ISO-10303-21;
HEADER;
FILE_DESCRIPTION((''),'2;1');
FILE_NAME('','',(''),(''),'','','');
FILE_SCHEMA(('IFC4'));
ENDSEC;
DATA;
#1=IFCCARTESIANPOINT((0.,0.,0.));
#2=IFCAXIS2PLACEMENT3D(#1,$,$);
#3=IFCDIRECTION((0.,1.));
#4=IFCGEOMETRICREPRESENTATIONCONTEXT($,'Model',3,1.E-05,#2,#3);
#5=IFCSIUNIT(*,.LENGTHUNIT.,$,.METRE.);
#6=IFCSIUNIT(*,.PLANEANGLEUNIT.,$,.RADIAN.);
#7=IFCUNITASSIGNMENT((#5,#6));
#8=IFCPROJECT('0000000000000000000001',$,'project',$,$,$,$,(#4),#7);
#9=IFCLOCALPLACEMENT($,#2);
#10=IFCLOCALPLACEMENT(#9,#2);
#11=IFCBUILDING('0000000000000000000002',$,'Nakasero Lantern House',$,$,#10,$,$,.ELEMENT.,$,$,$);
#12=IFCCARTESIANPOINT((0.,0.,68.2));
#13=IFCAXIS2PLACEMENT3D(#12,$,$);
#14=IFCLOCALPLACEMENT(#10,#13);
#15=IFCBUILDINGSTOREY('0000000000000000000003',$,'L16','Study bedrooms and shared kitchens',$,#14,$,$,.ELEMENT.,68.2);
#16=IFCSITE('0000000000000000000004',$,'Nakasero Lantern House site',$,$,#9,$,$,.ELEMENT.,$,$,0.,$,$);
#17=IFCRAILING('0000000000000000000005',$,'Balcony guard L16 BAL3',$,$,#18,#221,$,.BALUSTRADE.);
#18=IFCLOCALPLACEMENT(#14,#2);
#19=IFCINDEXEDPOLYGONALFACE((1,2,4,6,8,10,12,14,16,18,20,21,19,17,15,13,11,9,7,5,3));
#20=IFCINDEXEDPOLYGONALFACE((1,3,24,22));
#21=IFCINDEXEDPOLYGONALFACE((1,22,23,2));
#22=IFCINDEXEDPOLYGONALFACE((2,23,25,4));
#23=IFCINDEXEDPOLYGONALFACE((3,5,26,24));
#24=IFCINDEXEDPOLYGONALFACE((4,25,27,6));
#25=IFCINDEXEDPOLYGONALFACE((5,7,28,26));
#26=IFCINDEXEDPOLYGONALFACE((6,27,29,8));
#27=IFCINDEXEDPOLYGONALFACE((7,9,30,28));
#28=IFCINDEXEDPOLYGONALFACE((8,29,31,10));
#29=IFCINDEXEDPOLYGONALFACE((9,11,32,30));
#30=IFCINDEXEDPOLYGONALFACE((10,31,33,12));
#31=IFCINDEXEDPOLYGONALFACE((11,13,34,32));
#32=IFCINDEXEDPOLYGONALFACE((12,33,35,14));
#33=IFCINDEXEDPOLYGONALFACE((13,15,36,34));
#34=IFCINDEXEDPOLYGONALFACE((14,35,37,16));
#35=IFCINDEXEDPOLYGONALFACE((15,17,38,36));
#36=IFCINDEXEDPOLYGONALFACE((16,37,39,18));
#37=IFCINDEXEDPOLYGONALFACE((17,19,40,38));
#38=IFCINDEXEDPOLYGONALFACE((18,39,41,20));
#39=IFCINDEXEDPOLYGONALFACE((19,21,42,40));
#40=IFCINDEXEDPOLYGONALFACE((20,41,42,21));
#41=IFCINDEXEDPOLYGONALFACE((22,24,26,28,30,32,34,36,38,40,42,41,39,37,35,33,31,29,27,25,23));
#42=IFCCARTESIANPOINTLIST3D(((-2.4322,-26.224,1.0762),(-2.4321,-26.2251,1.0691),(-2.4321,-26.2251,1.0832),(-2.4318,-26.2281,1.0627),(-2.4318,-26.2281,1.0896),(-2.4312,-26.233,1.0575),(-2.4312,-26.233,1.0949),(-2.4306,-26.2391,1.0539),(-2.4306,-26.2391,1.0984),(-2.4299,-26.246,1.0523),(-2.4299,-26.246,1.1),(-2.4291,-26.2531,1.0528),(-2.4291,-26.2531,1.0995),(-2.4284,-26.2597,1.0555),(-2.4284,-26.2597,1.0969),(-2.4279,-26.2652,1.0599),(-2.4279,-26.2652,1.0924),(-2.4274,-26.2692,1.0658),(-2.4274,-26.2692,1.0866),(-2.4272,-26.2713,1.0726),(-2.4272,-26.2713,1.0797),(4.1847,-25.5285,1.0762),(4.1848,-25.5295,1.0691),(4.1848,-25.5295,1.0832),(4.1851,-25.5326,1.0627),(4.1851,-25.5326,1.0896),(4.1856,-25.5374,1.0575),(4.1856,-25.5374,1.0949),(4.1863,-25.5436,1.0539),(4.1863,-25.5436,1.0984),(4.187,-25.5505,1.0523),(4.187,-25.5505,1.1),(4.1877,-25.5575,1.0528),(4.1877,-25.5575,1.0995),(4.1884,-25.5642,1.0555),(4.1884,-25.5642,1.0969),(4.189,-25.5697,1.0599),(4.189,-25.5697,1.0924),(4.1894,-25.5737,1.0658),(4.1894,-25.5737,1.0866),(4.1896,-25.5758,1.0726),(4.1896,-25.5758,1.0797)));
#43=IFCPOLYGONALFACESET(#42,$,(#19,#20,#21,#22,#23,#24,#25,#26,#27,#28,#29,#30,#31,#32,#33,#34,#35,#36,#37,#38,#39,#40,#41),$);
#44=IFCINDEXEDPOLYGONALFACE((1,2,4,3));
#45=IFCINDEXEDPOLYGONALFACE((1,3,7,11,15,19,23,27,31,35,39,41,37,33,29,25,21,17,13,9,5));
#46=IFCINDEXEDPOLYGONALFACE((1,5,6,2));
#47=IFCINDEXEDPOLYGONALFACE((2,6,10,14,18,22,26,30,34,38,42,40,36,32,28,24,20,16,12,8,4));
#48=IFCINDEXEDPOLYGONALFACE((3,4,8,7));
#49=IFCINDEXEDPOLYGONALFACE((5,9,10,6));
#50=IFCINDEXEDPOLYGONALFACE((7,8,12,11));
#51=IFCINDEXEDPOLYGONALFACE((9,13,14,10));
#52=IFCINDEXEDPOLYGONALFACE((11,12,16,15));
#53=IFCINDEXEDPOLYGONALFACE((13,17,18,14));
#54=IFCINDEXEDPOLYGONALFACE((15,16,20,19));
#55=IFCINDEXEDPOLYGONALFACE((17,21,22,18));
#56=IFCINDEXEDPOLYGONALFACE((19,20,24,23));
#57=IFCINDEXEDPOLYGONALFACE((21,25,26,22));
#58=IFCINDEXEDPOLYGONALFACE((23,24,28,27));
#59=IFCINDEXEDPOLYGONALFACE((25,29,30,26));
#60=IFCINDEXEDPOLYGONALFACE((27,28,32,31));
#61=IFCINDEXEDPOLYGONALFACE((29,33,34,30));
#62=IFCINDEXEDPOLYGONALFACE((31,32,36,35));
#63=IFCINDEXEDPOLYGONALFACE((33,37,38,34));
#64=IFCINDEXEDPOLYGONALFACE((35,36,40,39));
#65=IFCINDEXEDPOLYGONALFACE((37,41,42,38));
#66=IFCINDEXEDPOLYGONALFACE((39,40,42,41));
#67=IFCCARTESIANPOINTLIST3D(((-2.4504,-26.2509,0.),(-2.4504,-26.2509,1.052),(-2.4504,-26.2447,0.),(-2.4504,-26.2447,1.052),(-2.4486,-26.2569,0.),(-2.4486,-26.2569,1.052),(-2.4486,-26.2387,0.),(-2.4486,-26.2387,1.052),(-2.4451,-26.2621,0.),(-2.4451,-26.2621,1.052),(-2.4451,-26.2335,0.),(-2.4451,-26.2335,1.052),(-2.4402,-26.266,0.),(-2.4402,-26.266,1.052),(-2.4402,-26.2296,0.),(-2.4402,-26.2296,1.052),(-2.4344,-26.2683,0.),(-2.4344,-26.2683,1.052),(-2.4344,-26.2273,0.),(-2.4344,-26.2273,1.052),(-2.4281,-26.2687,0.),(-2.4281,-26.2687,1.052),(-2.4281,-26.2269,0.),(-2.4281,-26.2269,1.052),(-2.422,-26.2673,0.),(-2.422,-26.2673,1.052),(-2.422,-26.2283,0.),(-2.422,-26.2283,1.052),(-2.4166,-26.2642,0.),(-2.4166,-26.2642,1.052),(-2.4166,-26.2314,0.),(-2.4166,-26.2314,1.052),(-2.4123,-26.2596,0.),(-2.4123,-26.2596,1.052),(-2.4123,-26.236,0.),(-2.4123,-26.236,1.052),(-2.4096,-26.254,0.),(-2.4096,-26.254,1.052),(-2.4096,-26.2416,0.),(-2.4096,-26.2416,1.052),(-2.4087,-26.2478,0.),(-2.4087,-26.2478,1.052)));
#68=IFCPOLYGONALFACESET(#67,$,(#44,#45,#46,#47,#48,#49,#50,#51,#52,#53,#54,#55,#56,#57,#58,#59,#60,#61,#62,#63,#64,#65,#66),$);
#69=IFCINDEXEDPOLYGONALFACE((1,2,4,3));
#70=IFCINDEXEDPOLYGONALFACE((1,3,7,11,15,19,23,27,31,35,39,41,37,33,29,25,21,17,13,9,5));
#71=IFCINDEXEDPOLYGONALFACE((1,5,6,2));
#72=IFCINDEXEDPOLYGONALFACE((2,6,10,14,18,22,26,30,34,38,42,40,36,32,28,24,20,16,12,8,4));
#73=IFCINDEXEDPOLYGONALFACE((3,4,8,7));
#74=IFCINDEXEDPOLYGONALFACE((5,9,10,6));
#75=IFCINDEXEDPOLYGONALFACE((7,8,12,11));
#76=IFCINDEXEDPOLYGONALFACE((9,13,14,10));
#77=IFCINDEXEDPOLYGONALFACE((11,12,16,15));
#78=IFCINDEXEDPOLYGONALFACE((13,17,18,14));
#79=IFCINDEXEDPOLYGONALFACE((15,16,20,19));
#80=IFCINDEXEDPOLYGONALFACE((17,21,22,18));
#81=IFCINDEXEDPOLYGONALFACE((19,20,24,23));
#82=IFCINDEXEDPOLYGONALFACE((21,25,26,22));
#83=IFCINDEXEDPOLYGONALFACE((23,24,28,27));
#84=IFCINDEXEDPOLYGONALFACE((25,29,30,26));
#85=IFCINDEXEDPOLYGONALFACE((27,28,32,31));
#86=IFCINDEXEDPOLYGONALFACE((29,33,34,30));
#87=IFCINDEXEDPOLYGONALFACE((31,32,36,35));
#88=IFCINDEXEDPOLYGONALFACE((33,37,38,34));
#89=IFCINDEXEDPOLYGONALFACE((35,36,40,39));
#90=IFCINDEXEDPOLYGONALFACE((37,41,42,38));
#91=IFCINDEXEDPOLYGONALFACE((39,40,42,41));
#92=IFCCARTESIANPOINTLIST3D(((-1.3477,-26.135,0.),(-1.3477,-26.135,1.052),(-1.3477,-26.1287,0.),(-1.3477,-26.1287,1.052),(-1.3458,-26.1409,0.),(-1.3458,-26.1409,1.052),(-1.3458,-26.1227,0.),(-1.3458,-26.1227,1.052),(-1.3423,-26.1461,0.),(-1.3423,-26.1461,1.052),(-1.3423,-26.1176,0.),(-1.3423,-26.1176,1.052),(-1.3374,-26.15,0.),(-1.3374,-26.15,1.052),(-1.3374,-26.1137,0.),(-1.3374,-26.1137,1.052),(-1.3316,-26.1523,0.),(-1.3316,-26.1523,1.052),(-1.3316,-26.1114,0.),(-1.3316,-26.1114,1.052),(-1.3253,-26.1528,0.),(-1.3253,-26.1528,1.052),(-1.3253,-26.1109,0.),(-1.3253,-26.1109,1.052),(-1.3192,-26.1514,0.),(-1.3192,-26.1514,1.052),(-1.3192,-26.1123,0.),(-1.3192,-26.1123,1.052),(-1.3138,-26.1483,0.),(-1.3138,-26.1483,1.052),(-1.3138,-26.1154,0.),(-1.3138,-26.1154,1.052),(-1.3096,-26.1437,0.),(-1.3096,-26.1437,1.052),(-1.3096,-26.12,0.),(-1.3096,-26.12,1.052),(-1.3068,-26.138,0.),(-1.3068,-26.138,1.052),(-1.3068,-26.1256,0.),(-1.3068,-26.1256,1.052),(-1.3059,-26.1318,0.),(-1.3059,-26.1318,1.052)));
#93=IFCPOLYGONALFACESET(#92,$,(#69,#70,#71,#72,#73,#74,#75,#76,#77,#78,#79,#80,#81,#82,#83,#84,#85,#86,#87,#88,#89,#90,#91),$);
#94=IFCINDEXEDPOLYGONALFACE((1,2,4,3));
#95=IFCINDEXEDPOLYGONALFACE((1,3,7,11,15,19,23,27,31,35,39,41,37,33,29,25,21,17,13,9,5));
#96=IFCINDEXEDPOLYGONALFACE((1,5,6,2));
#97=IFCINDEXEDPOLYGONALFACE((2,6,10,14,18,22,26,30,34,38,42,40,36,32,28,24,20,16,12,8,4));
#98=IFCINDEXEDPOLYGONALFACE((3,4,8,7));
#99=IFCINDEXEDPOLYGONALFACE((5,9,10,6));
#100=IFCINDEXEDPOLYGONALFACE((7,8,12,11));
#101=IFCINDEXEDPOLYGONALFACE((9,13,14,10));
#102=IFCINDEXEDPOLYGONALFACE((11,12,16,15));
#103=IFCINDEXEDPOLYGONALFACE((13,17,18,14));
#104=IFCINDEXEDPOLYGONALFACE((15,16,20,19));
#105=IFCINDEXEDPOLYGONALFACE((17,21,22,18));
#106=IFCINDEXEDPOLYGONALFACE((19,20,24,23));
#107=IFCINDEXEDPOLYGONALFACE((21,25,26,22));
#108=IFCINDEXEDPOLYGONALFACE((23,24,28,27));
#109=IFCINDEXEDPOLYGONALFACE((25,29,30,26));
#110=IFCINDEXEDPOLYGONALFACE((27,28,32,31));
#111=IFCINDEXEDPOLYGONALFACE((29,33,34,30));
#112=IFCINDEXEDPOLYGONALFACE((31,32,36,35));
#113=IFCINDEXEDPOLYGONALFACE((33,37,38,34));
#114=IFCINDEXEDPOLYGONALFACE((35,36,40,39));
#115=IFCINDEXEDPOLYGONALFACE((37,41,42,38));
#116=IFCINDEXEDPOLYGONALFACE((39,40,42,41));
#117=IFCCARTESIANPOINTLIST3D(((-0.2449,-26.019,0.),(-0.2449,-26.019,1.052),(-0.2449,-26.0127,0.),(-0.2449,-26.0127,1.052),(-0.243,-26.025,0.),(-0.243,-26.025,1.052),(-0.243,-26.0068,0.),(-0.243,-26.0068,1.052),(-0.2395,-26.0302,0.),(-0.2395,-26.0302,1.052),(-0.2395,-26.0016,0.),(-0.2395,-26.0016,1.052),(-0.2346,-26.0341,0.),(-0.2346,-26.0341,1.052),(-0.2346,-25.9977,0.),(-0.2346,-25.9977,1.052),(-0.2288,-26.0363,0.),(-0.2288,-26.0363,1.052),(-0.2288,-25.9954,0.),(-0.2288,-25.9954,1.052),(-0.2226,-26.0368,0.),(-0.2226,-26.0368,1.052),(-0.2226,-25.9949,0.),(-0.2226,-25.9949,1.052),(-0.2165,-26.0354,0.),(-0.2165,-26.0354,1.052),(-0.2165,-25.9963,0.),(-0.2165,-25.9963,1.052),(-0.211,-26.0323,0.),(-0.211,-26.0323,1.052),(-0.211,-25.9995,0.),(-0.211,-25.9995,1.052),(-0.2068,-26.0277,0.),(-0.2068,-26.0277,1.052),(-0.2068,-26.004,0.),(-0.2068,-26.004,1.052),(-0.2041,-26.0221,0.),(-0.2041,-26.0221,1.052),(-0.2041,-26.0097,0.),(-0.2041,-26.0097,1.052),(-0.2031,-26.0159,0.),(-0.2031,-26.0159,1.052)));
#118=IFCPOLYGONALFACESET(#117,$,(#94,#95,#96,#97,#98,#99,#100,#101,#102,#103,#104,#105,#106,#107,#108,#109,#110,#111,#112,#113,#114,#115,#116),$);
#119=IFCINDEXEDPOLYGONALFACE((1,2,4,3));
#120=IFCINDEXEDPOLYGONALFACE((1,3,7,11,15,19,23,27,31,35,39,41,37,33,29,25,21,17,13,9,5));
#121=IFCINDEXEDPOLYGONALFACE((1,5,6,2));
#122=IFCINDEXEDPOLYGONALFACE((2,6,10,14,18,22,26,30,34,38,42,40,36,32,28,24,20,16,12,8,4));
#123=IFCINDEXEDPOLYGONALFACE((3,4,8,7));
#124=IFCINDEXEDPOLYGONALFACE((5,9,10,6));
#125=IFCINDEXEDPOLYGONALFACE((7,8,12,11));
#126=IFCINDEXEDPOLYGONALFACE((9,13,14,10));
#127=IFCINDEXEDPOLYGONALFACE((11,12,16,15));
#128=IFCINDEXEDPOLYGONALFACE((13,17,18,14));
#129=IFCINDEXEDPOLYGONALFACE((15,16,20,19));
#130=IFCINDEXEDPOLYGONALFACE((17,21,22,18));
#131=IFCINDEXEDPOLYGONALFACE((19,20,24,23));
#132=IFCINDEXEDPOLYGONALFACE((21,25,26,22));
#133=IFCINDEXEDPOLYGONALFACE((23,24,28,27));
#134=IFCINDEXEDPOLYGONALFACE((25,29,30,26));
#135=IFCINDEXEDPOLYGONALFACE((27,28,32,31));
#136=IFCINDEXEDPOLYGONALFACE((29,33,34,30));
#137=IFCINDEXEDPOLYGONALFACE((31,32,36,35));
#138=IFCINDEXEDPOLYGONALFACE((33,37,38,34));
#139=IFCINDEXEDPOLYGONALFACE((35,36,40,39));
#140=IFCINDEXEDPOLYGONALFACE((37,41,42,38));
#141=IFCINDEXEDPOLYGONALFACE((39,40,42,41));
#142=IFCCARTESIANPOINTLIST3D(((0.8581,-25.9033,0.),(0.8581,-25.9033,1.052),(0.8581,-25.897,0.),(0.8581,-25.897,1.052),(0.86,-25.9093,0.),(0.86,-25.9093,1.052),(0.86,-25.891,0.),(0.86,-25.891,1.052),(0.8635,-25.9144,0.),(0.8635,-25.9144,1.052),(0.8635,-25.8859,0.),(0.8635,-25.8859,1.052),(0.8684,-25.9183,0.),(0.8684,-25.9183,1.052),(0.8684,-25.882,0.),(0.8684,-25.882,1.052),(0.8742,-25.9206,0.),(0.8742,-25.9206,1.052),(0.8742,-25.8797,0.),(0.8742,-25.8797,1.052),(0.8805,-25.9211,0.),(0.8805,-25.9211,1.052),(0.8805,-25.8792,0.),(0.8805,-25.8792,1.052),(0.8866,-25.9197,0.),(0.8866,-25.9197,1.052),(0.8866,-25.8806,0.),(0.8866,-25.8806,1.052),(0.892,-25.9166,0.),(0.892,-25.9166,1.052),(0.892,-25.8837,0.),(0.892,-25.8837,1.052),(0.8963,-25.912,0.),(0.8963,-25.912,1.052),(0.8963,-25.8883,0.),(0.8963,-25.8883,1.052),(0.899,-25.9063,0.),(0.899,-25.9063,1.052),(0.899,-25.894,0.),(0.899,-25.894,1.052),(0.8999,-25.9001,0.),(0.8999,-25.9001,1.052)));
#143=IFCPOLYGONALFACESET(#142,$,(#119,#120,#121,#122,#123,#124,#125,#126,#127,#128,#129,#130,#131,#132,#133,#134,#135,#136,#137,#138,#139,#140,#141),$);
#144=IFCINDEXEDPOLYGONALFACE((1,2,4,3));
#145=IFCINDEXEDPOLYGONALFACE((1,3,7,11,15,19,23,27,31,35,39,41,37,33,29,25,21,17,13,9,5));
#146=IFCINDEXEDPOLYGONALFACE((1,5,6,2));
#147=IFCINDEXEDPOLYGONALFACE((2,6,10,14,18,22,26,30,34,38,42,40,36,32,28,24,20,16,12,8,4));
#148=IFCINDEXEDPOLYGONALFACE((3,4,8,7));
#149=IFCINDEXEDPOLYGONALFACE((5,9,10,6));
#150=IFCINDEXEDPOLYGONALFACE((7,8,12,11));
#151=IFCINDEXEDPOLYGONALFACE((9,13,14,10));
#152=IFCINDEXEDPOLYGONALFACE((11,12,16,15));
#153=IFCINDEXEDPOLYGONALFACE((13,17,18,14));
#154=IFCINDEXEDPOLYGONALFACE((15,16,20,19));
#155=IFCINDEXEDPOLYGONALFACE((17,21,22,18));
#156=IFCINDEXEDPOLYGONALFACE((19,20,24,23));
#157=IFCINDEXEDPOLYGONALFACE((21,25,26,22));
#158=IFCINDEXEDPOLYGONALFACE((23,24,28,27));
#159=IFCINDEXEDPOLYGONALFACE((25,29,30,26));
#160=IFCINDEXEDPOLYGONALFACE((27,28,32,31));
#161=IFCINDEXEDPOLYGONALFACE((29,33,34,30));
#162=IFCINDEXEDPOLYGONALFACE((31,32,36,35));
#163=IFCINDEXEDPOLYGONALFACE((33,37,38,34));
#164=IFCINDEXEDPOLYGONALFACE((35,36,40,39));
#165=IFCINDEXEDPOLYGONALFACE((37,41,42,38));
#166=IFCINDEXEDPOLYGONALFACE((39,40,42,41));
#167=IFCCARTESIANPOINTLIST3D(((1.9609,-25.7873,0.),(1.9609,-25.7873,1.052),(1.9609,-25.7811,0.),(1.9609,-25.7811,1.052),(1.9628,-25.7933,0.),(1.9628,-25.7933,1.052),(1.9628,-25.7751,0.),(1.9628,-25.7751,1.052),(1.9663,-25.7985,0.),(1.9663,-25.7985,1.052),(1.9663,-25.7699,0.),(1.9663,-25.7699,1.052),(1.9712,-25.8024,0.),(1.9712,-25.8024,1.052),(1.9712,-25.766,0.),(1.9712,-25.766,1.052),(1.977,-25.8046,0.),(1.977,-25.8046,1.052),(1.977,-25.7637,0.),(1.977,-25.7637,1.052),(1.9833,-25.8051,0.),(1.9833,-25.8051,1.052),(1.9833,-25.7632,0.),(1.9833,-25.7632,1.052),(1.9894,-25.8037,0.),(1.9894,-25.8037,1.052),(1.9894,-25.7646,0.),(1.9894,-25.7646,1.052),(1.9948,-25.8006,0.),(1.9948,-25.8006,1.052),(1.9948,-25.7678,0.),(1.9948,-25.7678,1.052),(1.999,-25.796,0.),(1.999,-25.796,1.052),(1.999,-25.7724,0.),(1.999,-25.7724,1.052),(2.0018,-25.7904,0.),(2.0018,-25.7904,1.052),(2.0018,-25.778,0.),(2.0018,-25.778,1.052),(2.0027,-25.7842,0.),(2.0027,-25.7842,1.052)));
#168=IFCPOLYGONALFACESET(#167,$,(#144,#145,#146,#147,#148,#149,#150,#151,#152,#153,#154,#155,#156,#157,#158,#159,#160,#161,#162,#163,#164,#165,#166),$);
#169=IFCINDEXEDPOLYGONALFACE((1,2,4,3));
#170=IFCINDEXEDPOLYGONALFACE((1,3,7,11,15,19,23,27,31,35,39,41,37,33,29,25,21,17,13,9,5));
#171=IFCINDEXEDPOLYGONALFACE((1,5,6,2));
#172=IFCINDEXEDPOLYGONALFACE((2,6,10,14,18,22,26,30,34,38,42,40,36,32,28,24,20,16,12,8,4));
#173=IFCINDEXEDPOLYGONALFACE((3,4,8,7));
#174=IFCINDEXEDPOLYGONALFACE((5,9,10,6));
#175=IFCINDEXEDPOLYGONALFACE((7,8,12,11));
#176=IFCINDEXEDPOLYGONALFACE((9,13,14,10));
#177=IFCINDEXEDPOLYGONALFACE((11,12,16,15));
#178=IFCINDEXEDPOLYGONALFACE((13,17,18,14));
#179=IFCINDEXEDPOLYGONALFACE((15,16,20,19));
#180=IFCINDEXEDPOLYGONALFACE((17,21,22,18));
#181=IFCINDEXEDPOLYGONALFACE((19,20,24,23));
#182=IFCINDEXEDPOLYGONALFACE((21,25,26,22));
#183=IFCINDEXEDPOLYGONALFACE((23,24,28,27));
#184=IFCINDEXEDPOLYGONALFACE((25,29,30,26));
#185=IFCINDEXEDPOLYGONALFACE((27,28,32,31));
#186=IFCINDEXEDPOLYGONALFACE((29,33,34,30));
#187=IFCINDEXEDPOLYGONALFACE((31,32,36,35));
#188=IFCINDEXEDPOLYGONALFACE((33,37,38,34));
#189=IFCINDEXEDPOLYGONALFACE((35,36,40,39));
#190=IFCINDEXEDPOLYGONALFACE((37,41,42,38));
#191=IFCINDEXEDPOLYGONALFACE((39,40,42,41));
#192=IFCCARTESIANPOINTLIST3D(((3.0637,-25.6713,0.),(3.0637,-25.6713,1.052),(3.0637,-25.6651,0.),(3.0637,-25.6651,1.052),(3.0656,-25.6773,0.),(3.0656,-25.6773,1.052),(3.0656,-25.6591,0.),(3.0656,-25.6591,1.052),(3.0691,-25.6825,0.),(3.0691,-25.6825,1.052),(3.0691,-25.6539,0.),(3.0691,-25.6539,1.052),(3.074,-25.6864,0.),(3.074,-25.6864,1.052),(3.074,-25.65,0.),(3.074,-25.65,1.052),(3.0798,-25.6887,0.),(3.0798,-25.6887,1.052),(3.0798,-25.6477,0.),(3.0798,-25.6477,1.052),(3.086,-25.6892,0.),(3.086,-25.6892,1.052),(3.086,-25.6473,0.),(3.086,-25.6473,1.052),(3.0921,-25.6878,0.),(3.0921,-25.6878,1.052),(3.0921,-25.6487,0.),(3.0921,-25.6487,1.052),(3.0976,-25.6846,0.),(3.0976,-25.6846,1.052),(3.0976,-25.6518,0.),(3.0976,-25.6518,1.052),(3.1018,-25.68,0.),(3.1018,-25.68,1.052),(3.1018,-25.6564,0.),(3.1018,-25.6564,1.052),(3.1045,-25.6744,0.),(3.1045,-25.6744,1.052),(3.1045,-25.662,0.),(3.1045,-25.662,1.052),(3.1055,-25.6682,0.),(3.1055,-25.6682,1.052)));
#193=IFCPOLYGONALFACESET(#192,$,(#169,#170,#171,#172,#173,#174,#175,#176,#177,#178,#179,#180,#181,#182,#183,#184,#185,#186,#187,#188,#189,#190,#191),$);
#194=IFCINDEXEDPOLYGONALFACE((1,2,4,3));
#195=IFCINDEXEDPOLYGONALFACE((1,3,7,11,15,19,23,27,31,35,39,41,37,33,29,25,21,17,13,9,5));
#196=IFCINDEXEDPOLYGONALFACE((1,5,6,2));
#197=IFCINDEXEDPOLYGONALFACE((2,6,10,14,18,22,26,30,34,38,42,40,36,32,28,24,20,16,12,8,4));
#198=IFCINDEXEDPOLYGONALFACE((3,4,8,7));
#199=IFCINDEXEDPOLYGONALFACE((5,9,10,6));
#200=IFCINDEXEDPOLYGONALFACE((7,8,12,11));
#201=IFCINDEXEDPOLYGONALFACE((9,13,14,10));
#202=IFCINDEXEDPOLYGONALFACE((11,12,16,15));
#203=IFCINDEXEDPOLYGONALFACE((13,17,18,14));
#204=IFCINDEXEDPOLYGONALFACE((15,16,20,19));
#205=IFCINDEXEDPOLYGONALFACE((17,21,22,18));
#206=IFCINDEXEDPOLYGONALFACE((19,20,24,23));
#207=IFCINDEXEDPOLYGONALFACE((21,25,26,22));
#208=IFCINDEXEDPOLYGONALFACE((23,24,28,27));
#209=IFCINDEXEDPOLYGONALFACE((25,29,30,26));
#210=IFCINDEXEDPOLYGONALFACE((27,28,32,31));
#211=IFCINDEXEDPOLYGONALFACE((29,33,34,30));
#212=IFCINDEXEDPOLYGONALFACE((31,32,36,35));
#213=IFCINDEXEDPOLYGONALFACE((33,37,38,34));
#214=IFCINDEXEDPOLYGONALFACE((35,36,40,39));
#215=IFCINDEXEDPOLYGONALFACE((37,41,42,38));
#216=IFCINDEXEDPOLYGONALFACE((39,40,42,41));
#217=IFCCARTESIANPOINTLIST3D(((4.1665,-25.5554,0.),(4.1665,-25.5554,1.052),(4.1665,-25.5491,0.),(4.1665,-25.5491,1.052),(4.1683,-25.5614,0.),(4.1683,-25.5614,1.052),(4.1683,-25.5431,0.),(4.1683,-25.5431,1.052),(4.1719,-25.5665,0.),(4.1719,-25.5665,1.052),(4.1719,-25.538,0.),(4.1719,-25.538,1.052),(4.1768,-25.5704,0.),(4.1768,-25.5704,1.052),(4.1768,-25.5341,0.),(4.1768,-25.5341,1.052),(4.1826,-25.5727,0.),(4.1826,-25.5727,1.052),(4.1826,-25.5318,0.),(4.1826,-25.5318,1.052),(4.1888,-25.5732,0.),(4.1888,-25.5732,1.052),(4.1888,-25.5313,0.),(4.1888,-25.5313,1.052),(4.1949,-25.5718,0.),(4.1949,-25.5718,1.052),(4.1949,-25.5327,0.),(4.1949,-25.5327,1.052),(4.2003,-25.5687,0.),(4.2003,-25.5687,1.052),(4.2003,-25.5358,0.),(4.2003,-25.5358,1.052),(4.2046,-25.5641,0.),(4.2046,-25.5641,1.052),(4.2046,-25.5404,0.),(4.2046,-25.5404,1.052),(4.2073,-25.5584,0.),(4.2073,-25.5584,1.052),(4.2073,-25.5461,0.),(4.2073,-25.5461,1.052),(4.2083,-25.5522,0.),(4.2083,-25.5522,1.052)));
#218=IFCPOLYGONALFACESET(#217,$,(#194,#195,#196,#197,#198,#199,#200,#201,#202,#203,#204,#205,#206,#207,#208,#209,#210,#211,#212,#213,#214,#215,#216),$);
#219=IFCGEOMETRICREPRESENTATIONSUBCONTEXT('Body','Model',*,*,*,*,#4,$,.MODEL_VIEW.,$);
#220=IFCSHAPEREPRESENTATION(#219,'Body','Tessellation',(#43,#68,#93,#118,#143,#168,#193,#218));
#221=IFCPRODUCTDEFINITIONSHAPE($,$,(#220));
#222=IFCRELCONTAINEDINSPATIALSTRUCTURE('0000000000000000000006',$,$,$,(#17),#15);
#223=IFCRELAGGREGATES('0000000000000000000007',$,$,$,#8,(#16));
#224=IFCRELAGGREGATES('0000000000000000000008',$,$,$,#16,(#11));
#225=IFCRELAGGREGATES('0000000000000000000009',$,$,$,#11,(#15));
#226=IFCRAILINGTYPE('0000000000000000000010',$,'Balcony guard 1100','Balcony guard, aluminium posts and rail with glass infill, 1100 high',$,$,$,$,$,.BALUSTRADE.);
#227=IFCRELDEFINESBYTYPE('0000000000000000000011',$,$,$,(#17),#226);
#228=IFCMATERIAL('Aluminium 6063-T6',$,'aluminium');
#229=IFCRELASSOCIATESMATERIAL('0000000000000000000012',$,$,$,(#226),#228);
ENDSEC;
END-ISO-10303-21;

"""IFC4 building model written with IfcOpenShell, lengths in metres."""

from ifc_helpers import new_model, si_unit, direction, frame, origin, origin_2d, place, context, subcontext, project, spatial, circle, extrude, material, type_object, element, save


model = new_model("IFC4")

# Units and contexts
model_context = context("Model", 3, precision=1e-05, world=origin(), true_north=direction((0.0, 1.0)))
body_context = subcontext(model_context, "Body", "Model", "MODEL_VIEW")
ifc_project = project(units=[si_unit("LENGTHUNIT", "METRE"), si_unit("PLANEANGLEUNIT", "RADIAN")], contexts=[model_context])

# Site, building, storey
site_placement = place(None, origin())
site = spatial("IfcSite", under=ifc_project, at=site_placement, Name="Nakasero Lantern House site", CompositionType="ELEMENT", RefElevation=0.0)
building_placement = place(site_placement, origin())
building = spatial("IfcBuilding", under=site, at=building_placement, Name="Nakasero Lantern House", CompositionType="ELEMENT")
storey_placement = place(building_placement, frame((0.0, 0.0, 68.2)))
storey = spatial("IfcBuildingStorey", under=building, at=storey_placement, Name="L16", Description="Study bedrooms and shared kitchens", CompositionType="ELEMENT", Elevation=68.2)

# Railing
ifc_material_1 = material(Name="Aluminium 6063-T6", Category="aluminium")
railing_type = type_object("IfcRailingType", Name="Balcony guard 1100", Description="Balcony guard, aluminium posts and rail with glass infill, 1100 high", PredefinedType="BALUSTRADE", material=ifc_material_1)
railing_placement = place(storey_placement, frame((-2.4297, -26.2478, 0.0)))
element("IfcRailing", 1, at=railing_placement, inside=storey, type_object=railing_type, Name="Balcony guard L16 BAL3", PredefinedType="BALUSTRADE", context=body_context, shape_type="SweptSolid", body=[
    extrude(circle(Radius=0.0239, at=origin_2d()), frame((0.0, 0.0, 1.0762), z_axis=(0.994521, 0.104542, 0.0), x_axis=(-0.104542, 0.994521, 0.0)), (0.0, 0.0, 1.0), 6.6533),
    extrude(circle(Radius=0.021, at=origin_2d()), origin(), (0.0, 0.0, 1.0), 1.052),
    extrude(circle(Radius=0.021, at=origin_2d()), frame((1.1028, 0.116, 0.0)), (0.0, 0.0, 1.0), 1.052),
    extrude(circle(Radius=0.021, at=origin_2d()), frame((2.2056, 0.2319, 0.0)), (0.0, 0.0, 1.0), 1.052),
    extrude(circle(Radius=0.021, at=origin_2d()), frame((3.3086, 0.3477, 0.0)), (0.0, 0.0, 1.0), 1.052),
    extrude(circle(Radius=0.021, at=origin_2d()), frame((4.4114, 0.4636, 0.0)), (0.0, 0.0, 1.0), 1.052),
    extrude(circle(Radius=0.021, at=origin_2d()), frame((5.5142, 0.5796, 0.0)), (0.0, 0.0, 1.0), 1.052),
    extrude(circle(Radius=0.021, at=origin_2d()), frame((6.6169, 0.6956, 0.0)), (0.0, 0.0, 1.0), 1.052),
])

save(model, "model.ifc")
